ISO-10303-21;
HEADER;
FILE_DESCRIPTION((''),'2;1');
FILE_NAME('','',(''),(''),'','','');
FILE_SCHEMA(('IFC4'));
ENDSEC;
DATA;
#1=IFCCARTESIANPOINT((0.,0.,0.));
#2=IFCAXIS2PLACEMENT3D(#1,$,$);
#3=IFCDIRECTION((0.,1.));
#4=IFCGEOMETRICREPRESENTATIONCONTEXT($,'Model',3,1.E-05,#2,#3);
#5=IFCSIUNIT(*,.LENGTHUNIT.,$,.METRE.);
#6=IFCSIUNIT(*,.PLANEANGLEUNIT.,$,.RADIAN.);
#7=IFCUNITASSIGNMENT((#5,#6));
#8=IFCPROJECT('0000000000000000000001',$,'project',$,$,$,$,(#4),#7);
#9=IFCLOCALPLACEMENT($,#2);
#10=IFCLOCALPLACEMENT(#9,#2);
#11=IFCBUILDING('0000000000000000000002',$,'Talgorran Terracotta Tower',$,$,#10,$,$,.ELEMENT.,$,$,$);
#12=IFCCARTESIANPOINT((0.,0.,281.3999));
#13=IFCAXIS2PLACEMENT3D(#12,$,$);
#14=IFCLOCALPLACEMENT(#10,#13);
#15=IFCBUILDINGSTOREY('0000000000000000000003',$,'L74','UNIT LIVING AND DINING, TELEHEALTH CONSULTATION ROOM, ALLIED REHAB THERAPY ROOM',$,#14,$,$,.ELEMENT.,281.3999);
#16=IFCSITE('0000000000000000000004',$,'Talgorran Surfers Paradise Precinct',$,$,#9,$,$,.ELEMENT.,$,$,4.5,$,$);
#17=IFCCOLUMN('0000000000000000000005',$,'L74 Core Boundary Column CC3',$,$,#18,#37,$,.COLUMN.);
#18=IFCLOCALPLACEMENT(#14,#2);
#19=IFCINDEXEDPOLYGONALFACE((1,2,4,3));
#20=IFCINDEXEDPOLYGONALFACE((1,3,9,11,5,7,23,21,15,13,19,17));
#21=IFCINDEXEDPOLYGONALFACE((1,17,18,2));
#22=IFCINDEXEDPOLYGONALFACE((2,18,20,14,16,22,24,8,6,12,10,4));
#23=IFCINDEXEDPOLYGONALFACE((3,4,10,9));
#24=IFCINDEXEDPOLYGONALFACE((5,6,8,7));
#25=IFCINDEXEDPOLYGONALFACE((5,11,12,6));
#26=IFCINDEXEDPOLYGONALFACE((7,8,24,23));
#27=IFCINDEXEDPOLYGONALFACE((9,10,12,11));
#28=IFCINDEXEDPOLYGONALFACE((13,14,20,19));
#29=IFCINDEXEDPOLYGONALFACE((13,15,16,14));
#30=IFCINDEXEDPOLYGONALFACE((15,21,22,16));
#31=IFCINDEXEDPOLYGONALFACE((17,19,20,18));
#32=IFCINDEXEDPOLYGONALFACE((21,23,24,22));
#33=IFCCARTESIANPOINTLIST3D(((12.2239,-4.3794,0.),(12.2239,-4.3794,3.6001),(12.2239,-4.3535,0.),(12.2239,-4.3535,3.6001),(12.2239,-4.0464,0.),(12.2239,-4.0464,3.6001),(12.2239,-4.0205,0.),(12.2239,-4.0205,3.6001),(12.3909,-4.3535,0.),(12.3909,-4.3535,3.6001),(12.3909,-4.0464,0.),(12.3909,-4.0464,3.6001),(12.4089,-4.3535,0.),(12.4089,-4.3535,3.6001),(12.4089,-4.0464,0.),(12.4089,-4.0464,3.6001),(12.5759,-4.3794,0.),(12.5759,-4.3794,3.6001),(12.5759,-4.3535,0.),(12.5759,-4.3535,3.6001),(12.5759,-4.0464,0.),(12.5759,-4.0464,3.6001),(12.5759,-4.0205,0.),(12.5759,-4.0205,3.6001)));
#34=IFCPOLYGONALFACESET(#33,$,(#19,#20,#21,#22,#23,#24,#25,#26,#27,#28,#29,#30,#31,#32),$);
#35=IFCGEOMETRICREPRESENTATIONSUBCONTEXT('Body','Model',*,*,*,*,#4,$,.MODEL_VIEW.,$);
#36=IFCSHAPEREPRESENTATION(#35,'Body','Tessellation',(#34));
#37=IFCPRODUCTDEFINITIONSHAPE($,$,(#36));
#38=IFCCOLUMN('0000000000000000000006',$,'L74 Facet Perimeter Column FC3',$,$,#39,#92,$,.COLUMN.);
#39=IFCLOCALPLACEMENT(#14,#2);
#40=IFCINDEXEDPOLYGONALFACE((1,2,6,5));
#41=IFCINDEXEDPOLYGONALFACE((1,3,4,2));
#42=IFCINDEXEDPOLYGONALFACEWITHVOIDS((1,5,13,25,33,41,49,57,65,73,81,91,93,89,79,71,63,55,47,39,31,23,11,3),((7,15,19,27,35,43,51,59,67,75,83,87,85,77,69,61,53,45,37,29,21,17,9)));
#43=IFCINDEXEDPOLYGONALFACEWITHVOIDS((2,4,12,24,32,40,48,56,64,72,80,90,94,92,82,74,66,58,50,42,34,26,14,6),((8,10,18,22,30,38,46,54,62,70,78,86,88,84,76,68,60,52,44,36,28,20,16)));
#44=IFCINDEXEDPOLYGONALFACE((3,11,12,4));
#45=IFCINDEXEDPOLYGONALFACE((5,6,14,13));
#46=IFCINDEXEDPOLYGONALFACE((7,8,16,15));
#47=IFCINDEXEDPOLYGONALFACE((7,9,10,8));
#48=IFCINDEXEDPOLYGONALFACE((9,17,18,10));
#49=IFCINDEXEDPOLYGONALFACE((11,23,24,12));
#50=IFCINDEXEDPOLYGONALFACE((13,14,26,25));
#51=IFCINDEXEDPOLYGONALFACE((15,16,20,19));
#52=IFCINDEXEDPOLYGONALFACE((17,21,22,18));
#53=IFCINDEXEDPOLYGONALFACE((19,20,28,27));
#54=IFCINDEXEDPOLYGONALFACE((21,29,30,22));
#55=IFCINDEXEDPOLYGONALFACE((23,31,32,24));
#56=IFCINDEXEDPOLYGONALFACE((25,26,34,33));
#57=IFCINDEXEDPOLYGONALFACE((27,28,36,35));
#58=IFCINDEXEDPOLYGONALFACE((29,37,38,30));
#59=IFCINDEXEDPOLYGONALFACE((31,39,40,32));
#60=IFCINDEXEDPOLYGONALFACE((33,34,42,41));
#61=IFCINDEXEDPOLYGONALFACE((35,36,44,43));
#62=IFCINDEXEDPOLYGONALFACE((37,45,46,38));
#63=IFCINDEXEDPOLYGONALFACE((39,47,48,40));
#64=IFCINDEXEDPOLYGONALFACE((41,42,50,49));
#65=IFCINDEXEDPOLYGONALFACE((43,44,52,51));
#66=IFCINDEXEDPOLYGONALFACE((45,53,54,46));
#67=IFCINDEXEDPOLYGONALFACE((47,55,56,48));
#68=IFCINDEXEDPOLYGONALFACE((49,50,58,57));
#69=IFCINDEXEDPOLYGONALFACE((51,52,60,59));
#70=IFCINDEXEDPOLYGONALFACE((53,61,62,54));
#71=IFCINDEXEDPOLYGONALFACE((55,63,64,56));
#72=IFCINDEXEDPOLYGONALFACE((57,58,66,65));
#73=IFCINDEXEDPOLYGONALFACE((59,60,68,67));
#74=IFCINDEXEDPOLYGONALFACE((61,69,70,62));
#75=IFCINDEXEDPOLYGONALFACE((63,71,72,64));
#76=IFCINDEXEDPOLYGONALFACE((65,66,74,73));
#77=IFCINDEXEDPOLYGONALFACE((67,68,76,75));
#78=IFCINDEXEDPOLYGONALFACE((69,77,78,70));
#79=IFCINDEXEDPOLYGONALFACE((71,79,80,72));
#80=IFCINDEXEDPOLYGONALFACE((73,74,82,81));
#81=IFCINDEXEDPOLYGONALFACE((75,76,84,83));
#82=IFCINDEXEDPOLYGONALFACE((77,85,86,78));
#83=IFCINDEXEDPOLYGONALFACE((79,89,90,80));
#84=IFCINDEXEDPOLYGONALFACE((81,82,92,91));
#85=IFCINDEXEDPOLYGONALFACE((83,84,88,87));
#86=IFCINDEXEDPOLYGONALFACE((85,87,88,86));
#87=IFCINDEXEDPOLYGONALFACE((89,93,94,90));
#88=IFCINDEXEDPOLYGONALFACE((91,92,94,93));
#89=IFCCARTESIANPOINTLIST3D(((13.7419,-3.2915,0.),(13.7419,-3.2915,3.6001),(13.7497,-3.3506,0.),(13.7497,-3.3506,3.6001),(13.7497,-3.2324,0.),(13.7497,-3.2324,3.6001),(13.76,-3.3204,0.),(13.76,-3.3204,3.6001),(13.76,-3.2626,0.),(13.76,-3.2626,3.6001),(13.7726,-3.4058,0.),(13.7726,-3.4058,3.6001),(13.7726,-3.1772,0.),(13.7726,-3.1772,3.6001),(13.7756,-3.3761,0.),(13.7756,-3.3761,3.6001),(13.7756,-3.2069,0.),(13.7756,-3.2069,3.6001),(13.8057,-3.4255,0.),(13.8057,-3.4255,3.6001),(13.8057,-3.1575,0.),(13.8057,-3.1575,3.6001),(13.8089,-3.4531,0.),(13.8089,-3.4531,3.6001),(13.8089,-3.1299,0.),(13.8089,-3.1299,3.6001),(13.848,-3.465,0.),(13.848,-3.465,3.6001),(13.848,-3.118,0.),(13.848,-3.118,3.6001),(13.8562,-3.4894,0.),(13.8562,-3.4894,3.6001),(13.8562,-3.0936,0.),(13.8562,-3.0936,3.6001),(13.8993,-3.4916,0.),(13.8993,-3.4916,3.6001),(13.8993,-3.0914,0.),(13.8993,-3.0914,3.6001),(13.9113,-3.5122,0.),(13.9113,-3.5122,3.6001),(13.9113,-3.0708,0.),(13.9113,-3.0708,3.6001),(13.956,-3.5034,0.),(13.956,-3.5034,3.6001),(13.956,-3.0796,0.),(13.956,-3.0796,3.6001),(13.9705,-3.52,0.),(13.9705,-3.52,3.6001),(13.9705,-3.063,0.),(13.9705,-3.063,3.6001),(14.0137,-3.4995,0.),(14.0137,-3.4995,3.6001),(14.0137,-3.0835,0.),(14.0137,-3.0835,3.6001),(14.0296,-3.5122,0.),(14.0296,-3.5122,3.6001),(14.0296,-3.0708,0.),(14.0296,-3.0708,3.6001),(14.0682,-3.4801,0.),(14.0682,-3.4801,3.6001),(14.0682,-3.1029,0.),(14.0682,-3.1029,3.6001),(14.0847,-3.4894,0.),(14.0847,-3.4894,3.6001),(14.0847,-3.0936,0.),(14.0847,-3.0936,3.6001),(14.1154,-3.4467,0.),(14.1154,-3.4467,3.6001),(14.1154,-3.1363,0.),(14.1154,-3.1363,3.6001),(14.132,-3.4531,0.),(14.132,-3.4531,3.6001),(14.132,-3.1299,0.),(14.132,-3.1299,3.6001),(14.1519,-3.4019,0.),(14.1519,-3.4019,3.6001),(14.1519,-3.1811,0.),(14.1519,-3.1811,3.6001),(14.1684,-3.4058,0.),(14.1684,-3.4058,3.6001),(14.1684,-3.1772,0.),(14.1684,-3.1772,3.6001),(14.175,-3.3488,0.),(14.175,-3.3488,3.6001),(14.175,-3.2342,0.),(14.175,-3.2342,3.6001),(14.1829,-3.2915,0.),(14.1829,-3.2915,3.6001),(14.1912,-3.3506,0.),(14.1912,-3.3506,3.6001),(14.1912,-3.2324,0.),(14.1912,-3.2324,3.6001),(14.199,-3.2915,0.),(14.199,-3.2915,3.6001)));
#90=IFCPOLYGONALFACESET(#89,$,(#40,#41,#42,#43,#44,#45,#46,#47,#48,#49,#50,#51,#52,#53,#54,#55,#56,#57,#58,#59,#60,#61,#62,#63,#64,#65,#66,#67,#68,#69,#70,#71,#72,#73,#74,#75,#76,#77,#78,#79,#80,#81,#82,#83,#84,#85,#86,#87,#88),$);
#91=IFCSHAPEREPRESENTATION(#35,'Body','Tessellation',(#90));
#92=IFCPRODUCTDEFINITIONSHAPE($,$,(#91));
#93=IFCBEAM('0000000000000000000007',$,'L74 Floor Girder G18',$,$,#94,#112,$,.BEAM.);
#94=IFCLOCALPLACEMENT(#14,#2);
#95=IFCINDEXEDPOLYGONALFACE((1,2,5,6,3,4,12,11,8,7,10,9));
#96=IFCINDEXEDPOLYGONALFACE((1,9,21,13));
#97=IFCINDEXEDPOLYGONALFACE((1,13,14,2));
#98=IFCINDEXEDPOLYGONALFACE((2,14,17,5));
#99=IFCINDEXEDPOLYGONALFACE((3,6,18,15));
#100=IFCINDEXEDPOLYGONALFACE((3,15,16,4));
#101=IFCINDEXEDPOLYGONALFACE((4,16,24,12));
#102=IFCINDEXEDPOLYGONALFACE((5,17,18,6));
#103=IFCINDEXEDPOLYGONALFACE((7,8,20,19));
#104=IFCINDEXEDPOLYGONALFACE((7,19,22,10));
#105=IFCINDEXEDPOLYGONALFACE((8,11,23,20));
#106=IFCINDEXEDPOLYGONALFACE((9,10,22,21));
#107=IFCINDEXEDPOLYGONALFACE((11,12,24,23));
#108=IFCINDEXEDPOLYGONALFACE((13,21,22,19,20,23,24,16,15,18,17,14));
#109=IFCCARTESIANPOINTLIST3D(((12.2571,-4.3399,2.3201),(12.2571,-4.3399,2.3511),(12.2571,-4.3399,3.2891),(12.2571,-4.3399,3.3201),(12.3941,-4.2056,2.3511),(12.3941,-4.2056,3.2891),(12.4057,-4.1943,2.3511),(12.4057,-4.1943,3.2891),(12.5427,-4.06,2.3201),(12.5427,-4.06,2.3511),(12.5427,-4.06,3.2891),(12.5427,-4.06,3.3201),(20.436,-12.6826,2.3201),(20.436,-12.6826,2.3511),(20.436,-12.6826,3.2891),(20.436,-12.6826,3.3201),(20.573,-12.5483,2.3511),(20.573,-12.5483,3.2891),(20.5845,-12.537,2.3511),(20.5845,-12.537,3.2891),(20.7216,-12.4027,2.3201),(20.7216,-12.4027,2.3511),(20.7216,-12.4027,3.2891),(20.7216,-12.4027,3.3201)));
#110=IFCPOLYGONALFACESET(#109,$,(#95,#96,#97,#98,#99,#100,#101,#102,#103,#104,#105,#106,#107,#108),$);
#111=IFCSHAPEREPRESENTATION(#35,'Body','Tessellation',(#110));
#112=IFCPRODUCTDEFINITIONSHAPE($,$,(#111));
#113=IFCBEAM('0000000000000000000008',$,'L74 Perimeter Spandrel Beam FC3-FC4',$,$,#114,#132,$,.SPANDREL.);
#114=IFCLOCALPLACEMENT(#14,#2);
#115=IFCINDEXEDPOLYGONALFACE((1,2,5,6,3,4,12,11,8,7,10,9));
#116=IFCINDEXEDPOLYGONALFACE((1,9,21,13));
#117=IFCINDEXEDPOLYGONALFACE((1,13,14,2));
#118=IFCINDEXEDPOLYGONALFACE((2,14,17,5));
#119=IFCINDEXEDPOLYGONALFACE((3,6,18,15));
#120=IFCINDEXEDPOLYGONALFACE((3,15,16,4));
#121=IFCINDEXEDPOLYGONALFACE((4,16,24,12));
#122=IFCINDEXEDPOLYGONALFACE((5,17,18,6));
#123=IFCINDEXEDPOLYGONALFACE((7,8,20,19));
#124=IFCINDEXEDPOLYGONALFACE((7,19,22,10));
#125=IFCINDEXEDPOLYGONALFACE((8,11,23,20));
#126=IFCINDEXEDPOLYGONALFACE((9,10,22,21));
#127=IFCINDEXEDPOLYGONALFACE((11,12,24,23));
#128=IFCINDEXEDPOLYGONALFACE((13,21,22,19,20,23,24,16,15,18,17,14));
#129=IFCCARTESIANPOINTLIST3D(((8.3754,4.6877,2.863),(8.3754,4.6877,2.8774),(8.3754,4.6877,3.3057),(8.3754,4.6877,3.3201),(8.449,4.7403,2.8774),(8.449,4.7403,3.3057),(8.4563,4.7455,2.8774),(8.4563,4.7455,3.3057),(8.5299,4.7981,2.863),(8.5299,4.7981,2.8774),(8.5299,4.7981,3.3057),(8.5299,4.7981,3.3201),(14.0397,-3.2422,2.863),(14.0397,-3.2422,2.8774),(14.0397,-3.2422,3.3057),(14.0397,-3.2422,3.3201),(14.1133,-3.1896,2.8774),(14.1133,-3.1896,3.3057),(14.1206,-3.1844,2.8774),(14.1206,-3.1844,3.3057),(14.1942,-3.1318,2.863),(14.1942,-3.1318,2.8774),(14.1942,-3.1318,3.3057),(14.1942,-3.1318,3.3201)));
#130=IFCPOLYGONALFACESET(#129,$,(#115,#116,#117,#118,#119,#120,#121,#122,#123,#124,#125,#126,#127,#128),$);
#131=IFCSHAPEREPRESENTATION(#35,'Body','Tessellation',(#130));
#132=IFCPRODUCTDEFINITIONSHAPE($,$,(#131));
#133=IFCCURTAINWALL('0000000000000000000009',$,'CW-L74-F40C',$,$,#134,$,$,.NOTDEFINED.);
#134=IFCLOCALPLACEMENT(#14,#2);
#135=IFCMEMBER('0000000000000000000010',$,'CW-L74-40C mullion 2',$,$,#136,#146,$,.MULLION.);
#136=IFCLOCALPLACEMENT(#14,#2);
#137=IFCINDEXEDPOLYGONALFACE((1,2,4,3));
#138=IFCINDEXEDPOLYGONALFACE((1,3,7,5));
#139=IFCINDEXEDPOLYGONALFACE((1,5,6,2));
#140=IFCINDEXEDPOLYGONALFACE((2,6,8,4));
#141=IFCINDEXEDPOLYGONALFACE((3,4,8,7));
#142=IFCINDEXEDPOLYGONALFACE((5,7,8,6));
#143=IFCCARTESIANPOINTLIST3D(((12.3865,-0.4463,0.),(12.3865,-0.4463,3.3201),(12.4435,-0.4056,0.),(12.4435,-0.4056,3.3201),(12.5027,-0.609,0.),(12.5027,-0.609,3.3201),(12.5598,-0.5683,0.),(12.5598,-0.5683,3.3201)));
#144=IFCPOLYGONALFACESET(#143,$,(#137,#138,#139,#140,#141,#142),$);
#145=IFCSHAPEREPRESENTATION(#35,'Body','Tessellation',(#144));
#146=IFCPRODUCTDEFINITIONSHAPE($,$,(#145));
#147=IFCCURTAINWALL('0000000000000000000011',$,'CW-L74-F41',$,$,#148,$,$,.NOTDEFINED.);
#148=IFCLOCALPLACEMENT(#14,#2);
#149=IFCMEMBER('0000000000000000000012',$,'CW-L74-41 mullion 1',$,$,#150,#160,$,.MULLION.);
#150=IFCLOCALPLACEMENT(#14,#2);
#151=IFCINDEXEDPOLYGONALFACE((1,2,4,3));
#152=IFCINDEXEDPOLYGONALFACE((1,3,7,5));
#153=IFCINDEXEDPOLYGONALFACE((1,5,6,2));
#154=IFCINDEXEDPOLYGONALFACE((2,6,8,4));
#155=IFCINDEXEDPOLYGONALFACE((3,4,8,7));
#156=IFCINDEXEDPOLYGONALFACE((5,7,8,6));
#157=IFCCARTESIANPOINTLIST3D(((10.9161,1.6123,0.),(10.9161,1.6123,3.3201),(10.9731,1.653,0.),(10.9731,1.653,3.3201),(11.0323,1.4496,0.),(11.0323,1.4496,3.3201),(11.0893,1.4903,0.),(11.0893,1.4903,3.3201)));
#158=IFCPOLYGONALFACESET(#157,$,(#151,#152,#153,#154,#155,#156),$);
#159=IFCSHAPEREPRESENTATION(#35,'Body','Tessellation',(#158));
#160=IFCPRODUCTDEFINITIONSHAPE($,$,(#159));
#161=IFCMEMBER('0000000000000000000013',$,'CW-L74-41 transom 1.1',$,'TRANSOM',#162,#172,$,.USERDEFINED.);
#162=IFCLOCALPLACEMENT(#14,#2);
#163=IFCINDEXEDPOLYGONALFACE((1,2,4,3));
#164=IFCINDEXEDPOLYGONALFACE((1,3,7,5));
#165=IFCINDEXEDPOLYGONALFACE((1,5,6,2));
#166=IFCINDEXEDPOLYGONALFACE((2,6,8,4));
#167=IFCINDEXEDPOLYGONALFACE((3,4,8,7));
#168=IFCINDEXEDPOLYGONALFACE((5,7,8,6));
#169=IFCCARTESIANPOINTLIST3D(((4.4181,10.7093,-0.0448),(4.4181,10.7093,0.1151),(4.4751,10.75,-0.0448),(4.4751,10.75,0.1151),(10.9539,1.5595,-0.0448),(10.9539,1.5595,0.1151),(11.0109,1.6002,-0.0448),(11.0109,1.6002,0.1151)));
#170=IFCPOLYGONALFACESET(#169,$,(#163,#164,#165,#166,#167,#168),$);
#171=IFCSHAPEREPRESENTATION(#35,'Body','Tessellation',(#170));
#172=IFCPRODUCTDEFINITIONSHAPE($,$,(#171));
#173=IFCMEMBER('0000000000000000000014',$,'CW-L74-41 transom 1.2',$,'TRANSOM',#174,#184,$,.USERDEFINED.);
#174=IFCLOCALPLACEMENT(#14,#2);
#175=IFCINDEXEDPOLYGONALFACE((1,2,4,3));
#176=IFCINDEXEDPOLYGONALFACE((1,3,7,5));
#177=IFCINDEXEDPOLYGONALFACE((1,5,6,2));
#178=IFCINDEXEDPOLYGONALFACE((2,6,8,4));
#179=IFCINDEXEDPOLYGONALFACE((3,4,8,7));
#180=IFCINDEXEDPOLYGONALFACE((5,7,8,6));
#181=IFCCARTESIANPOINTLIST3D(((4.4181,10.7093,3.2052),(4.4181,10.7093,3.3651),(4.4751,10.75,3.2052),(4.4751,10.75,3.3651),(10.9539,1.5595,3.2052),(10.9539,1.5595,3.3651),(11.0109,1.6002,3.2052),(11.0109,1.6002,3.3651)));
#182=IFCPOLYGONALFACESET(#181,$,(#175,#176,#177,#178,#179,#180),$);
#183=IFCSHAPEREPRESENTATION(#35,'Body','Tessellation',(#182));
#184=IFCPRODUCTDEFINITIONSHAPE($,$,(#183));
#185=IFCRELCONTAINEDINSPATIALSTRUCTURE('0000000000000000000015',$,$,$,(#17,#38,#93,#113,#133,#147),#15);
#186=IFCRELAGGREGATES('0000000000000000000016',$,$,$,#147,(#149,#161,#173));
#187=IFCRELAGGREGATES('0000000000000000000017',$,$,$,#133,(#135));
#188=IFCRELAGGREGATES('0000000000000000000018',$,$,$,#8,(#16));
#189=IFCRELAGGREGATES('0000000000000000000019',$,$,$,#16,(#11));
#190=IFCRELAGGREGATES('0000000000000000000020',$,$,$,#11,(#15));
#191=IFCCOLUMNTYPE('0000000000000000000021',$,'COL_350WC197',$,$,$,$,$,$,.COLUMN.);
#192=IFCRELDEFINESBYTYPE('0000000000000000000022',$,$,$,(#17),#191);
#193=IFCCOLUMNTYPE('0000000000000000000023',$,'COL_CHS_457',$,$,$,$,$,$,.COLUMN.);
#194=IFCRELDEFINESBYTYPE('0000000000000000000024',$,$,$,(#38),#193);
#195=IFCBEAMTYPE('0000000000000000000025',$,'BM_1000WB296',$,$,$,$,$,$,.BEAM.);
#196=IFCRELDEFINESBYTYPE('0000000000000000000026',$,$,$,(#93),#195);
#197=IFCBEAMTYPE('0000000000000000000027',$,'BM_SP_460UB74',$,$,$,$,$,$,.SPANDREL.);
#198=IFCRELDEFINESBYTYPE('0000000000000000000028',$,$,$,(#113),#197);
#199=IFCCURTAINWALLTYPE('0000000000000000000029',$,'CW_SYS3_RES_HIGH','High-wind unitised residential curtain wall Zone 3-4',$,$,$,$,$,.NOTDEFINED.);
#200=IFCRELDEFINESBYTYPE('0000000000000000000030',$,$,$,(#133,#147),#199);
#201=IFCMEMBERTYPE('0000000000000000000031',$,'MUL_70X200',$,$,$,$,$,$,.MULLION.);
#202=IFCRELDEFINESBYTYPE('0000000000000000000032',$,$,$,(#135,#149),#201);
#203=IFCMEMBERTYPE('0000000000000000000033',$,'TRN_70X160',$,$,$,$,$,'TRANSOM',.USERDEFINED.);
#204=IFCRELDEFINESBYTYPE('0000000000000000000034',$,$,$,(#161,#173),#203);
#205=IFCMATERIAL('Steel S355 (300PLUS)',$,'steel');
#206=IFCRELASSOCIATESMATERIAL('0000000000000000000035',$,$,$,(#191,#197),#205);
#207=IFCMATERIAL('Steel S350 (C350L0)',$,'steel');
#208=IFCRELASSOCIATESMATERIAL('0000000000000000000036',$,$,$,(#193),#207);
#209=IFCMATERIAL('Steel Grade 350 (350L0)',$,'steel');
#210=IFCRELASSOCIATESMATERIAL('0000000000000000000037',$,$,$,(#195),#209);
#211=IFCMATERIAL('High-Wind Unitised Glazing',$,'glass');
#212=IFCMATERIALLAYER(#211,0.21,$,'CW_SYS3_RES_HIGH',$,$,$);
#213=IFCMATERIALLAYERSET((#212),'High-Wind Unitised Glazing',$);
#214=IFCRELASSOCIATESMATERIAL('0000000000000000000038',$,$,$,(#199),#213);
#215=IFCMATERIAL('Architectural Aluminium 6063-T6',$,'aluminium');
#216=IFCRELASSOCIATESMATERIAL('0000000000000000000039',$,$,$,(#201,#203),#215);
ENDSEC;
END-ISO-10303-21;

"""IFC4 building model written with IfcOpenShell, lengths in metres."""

from ifc_helpers import new_model, si_unit, direction, frame, origin, origin_2d, place, context, subcontext, project, spatial, rectangle, hollow_circle, i_section, extrude, material, layer, layer_set, material_profile, profile_set, type_object, element, aggregate, save


model = new_model("IFC4")

# Units and contexts
model_context = context("Model", 3, precision=1e-05, world=origin(), true_north=direction((0.0, 1.0)))
body_context = subcontext(model_context, "Body", "Model", "MODEL_VIEW")
ifc_project = project(units=[si_unit("LENGTHUNIT", "METRE"), si_unit("PLANEANGLEUNIT", "RADIAN")], contexts=[model_context])

# Site, building, storey
site_placement = place(None, origin())
site = spatial("IfcSite", under=ifc_project, at=site_placement, Name="Talgorran Surfers Paradise Precinct", CompositionType="ELEMENT", RefElevation=4.5)
building_placement = place(site_placement, origin())
building = spatial("IfcBuilding", under=site, at=building_placement, Name="Talgorran Terracotta Tower", CompositionType="ELEMENT")
storey_placement = place(building_placement, frame((0.0, 0.0, 281.3999)))
storey = spatial("IfcBuildingStorey", under=building, at=storey_placement, Name="L74", Description="UNIT LIVING AND DINING, TELEHEALTH CONSULTATION ROOM, ALLIED REHAB THERAPY ROOM", CompositionType="ELEMENT", Elevation=281.3999)

# Columns
ifc_material_1 = material(Name="Steel S355 (300PLUS)", Category="steel")
ifc_material_profile_1 = material_profile(ifc_material_1, i_section(OverallWidth=0.3521, OverallDepth=0.3589, WebThickness=0.0181, FlangeThickness=0.0259, at=origin_2d()), Name="350WC197")
ifc_profile_set_1 = profile_set([ifc_material_profile_1], Name="Steel S355 (300PLUS)")
column_type_1 = type_object("IfcColumnType", Name="COL_350WC197", PredefinedType="COLUMN", material=ifc_profile_set_1)
column_1_placement = place(storey_placement, frame((12.3999, -4.2, 0.0), z_axis=(0.0, 0.0, 1.0), x_axis=(1.0, 0.0, 0.0)))
element("IfcColumn", 1, at=column_1_placement, inside=storey, type_object=column_type_1, Name="L74 Core Boundary Column CC3", PredefinedType="COLUMN", context=body_context, shape_type="SweptSolid", body=[
    extrude(i_section(OverallWidth=0.3521, OverallDepth=0.3589, WebThickness=0.0181, FlangeThickness=0.0259, at=origin_2d()), origin(), (0.0, 0.0, 1.0), 3.6001),
])
ifc_material_2 = material(Name="Steel S350 (C350L0)", Category="steel")
ifc_material_profile_2 = material_profile(ifc_material_2, hollow_circle(Radius=0.2285, WallThickness=0.0161, at=origin_2d()), Name="CHS457X16")
ifc_profile_set_2 = profile_set([ifc_material_profile_2], Name="Steel S350 (C350L0)")
column_type_2 = type_object("IfcColumnType", Name="COL_CHS_457", PredefinedType="COLUMN", material=ifc_profile_set_2)
column_2_placement = place(storey_placement, frame((13.9705, -3.2915, 0.0), z_axis=(0.0, 0.0, 1.0), x_axis=(1.0, 0.0, 0.0)))
element("IfcColumn", 2, at=column_2_placement, inside=storey, type_object=column_type_2, Name="L74 Facet Perimeter Column FC3", PredefinedType="COLUMN", context=body_context, shape_type="SweptSolid", body=[
    extrude(hollow_circle(Radius=0.2285, WallThickness=0.0161, at=origin_2d()), origin(), (0.0, 0.0, 1.0), 3.6001),
])

# Beams
ifc_material_3 = material(Name="Steel Grade 350 (350L0)", Category="steel")
ifc_material_profile_3 = material_profile(ifc_material_3, i_section(OverallWidth=0.3999, OverallDepth=1.0, WebThickness=0.0161, FlangeThickness=0.031, at=origin_2d()), Name="1000WB296")
ifc_profile_set_3 = profile_set([ifc_material_profile_3], Name="Steel Grade 350 (350L0)")
beam_type_1 = type_object("IfcBeamType", Name="BM_1000WB296", PredefinedType="BEAM", material=ifc_profile_set_3)
beam_1_placement = place(storey_placement, frame((12.3999, -4.2, 2.8201), z_axis=(0.700061, -0.714083, 0.0), x_axis=(0.714083, 0.700061, 0.0)))
element("IfcBeam", 3, at=beam_1_placement, inside=storey, type_object=beam_type_1, Name="L74 Floor Girder G18", PredefinedType="BEAM", context=body_context, shape_type="SweptSolid", body=[
    extrude(i_section(OverallWidth=0.3999, OverallDepth=1.0, WebThickness=0.0161, FlangeThickness=0.031, at=origin_2d()), origin(), (0.0, 0.0, 1.0), 11.6831),
])
ifc_material_profile_4 = material_profile(ifc_material_1, i_section(OverallWidth=0.1899, OverallDepth=0.457, WebThickness=0.009, FlangeThickness=0.0144, at=origin_2d()), Name="460UB74.6")
ifc_profile_set_4 = profile_set([ifc_material_profile_4], Name="Steel S355 (300PLUS)")
beam_type_2 = type_object("IfcBeamType", Name="BM_SP_460UB74", PredefinedType="SPANDREL", material=ifc_profile_set_4)
beam_2_placement = place(storey_placement, frame((14.1169, -3.187, 3.0916), z_axis=(-0.581243, 0.81373, 0.0), x_axis=(-0.81373, -0.581243, 0.0)))
element("IfcBeam", 4, at=beam_2_placement, inside=storey, type_object=beam_type_2, Name="L74 Perimeter Spandrel Beam FC3-FC4", PredefinedType="SPANDREL", context=body_context, shape_type="SweptSolid", body=[
    extrude(i_section(OverallWidth=0.1899, OverallDepth=0.457, WebThickness=0.009, FlangeThickness=0.0144, at=origin_2d()), origin(), (0.0, 0.0, 1.0), 9.7451),
])

# Curtain wall, member
ifc_material_4 = material(Name="High-Wind Unitised Glazing", Category="glass")
ifc_layer_1 = layer(ifc_material_4, 0.21, Name="CW_SYS3_RES_HIGH")
ifc_layer_set_1 = layer_set([ifc_layer_1], Name="High-Wind Unitised Glazing")
curtain_wall_type = type_object("IfcCurtainWallType", Name="CW_SYS3_RES_HIGH", Description="High-wind unitised residential curtain wall Zone 3-4", PredefinedType="NOTDEFINED", material=ifc_layer_set_1)
curtain_wall_1_placement = place(storey_placement, origin())
curtain_wall_1 = element("IfcCurtainWall", 5, at=curtain_wall_1_placement, inside=storey, type_object=curtain_wall_type, Name="CW-L74-F40C", PredefinedType="NOTDEFINED")
ifc_material_5 = material(Name="Architectural Aluminium 6063-T6", Category="aluminium")
ifc_material_profile_5 = material_profile(ifc_material_5, rectangle(XDim=0.0701, YDim=0.2, at=origin_2d()), Name="CWM70X200")
ifc_profile_set_5 = profile_set([ifc_material_profile_5], Name="Architectural Aluminium 6063-T6")
member_type_1 = type_object("IfcMemberType", Name="MUL_70X200", PredefinedType="MULLION", material=ifc_profile_set_5)
member_1_placement = place(storey_placement, frame((12.4731, -0.5073, 0.0), z_axis=(0.0, 0.0, 1.0), x_axis=(-0.813726, -0.581249, 0.0)))
member_1 = element("IfcMember", 6, at=member_1_placement, type_object=member_type_1, Name="CW-L74-40C mullion 2", PredefinedType="MULLION", context=body_context, shape_type="SweptSolid", body=[
    extrude(rectangle(XDim=0.0701, YDim=0.2, at=origin_2d()), origin(), (0.0, 0.0, 1.0), 3.3201),
])

# Curtain wall, members
curtain_wall_2_placement = place(storey_placement, origin())
curtain_wall_2 = element("IfcCurtainWall", 7, at=curtain_wall_2_placement, inside=storey, type_object=curtain_wall_type, Name="CW-L74-F41", PredefinedType="NOTDEFINED")
member_2_placement = place(storey_placement, frame((11.0027, 1.5513, 0.0), z_axis=(0.0, 0.0, 1.0), x_axis=(-0.813726, -0.581248, 0.0)))
member_2 = element("IfcMember", 8, at=member_2_placement, type_object=member_type_1, Name="CW-L74-41 mullion 1", PredefinedType="MULLION", context=body_context, shape_type="SweptSolid", body=[
    extrude(rectangle(XDim=0.0701, YDim=0.2, at=origin_2d()), origin(), (0.0, 0.0, 1.0), 3.3201),
])
ifc_material_profile_6 = material_profile(ifc_material_5, rectangle(XDim=0.0701, YDim=0.1599, at=origin_2d()), Name="CWT70X160")
ifc_profile_set_6 = profile_set([ifc_material_profile_6], Name="Architectural Aluminium 6063-T6")
member_type_2 = type_object("IfcMemberType", Name="TRN_70X160", ElementType="TRANSOM", PredefinedType="USERDEFINED", material=ifc_profile_set_6)
member_3_placement = place(storey_placement, frame((10.9824, 1.5798, 0.0352), z_axis=(-0.581253, 0.813723, 0.0), x_axis=(-0.813723, -0.581253, 0.0)))
member_3 = element("IfcMember", 9, at=member_3_placement, type_object=member_type_2, Name="CW-L74-41 transom 1.1", ObjectType="TRANSOM", PredefinedType="USERDEFINED", context=body_context, shape_type="SweptSolid", body=[
    extrude(rectangle(XDim=0.0701, YDim=0.1599, at=origin_2d()), origin(), (0.0, 0.0, 1.0), 11.2444),
])
member_4_placement = place(storey_placement, frame((10.9824, 1.5798, 3.2852), z_axis=(-0.581253, 0.813723, 0.0), x_axis=(-0.813723, -0.581253, 0.0)))
member_4 = element("IfcMember", 10, at=member_4_placement, type_object=member_type_2, Name="CW-L74-41 transom 1.2", ObjectType="TRANSOM", PredefinedType="USERDEFINED", context=body_context, shape_type="SweptSolid", body=[
    extrude(rectangle(XDim=0.0701, YDim=0.1599, at=origin_2d()), origin(), (0.0, 0.0, 1.0), 11.2444),
])
aggregate(curtain_wall_2, [member_2, member_3, member_4])

aggregate(curtain_wall_1, [member_1])

save(model, "model.ifc")
